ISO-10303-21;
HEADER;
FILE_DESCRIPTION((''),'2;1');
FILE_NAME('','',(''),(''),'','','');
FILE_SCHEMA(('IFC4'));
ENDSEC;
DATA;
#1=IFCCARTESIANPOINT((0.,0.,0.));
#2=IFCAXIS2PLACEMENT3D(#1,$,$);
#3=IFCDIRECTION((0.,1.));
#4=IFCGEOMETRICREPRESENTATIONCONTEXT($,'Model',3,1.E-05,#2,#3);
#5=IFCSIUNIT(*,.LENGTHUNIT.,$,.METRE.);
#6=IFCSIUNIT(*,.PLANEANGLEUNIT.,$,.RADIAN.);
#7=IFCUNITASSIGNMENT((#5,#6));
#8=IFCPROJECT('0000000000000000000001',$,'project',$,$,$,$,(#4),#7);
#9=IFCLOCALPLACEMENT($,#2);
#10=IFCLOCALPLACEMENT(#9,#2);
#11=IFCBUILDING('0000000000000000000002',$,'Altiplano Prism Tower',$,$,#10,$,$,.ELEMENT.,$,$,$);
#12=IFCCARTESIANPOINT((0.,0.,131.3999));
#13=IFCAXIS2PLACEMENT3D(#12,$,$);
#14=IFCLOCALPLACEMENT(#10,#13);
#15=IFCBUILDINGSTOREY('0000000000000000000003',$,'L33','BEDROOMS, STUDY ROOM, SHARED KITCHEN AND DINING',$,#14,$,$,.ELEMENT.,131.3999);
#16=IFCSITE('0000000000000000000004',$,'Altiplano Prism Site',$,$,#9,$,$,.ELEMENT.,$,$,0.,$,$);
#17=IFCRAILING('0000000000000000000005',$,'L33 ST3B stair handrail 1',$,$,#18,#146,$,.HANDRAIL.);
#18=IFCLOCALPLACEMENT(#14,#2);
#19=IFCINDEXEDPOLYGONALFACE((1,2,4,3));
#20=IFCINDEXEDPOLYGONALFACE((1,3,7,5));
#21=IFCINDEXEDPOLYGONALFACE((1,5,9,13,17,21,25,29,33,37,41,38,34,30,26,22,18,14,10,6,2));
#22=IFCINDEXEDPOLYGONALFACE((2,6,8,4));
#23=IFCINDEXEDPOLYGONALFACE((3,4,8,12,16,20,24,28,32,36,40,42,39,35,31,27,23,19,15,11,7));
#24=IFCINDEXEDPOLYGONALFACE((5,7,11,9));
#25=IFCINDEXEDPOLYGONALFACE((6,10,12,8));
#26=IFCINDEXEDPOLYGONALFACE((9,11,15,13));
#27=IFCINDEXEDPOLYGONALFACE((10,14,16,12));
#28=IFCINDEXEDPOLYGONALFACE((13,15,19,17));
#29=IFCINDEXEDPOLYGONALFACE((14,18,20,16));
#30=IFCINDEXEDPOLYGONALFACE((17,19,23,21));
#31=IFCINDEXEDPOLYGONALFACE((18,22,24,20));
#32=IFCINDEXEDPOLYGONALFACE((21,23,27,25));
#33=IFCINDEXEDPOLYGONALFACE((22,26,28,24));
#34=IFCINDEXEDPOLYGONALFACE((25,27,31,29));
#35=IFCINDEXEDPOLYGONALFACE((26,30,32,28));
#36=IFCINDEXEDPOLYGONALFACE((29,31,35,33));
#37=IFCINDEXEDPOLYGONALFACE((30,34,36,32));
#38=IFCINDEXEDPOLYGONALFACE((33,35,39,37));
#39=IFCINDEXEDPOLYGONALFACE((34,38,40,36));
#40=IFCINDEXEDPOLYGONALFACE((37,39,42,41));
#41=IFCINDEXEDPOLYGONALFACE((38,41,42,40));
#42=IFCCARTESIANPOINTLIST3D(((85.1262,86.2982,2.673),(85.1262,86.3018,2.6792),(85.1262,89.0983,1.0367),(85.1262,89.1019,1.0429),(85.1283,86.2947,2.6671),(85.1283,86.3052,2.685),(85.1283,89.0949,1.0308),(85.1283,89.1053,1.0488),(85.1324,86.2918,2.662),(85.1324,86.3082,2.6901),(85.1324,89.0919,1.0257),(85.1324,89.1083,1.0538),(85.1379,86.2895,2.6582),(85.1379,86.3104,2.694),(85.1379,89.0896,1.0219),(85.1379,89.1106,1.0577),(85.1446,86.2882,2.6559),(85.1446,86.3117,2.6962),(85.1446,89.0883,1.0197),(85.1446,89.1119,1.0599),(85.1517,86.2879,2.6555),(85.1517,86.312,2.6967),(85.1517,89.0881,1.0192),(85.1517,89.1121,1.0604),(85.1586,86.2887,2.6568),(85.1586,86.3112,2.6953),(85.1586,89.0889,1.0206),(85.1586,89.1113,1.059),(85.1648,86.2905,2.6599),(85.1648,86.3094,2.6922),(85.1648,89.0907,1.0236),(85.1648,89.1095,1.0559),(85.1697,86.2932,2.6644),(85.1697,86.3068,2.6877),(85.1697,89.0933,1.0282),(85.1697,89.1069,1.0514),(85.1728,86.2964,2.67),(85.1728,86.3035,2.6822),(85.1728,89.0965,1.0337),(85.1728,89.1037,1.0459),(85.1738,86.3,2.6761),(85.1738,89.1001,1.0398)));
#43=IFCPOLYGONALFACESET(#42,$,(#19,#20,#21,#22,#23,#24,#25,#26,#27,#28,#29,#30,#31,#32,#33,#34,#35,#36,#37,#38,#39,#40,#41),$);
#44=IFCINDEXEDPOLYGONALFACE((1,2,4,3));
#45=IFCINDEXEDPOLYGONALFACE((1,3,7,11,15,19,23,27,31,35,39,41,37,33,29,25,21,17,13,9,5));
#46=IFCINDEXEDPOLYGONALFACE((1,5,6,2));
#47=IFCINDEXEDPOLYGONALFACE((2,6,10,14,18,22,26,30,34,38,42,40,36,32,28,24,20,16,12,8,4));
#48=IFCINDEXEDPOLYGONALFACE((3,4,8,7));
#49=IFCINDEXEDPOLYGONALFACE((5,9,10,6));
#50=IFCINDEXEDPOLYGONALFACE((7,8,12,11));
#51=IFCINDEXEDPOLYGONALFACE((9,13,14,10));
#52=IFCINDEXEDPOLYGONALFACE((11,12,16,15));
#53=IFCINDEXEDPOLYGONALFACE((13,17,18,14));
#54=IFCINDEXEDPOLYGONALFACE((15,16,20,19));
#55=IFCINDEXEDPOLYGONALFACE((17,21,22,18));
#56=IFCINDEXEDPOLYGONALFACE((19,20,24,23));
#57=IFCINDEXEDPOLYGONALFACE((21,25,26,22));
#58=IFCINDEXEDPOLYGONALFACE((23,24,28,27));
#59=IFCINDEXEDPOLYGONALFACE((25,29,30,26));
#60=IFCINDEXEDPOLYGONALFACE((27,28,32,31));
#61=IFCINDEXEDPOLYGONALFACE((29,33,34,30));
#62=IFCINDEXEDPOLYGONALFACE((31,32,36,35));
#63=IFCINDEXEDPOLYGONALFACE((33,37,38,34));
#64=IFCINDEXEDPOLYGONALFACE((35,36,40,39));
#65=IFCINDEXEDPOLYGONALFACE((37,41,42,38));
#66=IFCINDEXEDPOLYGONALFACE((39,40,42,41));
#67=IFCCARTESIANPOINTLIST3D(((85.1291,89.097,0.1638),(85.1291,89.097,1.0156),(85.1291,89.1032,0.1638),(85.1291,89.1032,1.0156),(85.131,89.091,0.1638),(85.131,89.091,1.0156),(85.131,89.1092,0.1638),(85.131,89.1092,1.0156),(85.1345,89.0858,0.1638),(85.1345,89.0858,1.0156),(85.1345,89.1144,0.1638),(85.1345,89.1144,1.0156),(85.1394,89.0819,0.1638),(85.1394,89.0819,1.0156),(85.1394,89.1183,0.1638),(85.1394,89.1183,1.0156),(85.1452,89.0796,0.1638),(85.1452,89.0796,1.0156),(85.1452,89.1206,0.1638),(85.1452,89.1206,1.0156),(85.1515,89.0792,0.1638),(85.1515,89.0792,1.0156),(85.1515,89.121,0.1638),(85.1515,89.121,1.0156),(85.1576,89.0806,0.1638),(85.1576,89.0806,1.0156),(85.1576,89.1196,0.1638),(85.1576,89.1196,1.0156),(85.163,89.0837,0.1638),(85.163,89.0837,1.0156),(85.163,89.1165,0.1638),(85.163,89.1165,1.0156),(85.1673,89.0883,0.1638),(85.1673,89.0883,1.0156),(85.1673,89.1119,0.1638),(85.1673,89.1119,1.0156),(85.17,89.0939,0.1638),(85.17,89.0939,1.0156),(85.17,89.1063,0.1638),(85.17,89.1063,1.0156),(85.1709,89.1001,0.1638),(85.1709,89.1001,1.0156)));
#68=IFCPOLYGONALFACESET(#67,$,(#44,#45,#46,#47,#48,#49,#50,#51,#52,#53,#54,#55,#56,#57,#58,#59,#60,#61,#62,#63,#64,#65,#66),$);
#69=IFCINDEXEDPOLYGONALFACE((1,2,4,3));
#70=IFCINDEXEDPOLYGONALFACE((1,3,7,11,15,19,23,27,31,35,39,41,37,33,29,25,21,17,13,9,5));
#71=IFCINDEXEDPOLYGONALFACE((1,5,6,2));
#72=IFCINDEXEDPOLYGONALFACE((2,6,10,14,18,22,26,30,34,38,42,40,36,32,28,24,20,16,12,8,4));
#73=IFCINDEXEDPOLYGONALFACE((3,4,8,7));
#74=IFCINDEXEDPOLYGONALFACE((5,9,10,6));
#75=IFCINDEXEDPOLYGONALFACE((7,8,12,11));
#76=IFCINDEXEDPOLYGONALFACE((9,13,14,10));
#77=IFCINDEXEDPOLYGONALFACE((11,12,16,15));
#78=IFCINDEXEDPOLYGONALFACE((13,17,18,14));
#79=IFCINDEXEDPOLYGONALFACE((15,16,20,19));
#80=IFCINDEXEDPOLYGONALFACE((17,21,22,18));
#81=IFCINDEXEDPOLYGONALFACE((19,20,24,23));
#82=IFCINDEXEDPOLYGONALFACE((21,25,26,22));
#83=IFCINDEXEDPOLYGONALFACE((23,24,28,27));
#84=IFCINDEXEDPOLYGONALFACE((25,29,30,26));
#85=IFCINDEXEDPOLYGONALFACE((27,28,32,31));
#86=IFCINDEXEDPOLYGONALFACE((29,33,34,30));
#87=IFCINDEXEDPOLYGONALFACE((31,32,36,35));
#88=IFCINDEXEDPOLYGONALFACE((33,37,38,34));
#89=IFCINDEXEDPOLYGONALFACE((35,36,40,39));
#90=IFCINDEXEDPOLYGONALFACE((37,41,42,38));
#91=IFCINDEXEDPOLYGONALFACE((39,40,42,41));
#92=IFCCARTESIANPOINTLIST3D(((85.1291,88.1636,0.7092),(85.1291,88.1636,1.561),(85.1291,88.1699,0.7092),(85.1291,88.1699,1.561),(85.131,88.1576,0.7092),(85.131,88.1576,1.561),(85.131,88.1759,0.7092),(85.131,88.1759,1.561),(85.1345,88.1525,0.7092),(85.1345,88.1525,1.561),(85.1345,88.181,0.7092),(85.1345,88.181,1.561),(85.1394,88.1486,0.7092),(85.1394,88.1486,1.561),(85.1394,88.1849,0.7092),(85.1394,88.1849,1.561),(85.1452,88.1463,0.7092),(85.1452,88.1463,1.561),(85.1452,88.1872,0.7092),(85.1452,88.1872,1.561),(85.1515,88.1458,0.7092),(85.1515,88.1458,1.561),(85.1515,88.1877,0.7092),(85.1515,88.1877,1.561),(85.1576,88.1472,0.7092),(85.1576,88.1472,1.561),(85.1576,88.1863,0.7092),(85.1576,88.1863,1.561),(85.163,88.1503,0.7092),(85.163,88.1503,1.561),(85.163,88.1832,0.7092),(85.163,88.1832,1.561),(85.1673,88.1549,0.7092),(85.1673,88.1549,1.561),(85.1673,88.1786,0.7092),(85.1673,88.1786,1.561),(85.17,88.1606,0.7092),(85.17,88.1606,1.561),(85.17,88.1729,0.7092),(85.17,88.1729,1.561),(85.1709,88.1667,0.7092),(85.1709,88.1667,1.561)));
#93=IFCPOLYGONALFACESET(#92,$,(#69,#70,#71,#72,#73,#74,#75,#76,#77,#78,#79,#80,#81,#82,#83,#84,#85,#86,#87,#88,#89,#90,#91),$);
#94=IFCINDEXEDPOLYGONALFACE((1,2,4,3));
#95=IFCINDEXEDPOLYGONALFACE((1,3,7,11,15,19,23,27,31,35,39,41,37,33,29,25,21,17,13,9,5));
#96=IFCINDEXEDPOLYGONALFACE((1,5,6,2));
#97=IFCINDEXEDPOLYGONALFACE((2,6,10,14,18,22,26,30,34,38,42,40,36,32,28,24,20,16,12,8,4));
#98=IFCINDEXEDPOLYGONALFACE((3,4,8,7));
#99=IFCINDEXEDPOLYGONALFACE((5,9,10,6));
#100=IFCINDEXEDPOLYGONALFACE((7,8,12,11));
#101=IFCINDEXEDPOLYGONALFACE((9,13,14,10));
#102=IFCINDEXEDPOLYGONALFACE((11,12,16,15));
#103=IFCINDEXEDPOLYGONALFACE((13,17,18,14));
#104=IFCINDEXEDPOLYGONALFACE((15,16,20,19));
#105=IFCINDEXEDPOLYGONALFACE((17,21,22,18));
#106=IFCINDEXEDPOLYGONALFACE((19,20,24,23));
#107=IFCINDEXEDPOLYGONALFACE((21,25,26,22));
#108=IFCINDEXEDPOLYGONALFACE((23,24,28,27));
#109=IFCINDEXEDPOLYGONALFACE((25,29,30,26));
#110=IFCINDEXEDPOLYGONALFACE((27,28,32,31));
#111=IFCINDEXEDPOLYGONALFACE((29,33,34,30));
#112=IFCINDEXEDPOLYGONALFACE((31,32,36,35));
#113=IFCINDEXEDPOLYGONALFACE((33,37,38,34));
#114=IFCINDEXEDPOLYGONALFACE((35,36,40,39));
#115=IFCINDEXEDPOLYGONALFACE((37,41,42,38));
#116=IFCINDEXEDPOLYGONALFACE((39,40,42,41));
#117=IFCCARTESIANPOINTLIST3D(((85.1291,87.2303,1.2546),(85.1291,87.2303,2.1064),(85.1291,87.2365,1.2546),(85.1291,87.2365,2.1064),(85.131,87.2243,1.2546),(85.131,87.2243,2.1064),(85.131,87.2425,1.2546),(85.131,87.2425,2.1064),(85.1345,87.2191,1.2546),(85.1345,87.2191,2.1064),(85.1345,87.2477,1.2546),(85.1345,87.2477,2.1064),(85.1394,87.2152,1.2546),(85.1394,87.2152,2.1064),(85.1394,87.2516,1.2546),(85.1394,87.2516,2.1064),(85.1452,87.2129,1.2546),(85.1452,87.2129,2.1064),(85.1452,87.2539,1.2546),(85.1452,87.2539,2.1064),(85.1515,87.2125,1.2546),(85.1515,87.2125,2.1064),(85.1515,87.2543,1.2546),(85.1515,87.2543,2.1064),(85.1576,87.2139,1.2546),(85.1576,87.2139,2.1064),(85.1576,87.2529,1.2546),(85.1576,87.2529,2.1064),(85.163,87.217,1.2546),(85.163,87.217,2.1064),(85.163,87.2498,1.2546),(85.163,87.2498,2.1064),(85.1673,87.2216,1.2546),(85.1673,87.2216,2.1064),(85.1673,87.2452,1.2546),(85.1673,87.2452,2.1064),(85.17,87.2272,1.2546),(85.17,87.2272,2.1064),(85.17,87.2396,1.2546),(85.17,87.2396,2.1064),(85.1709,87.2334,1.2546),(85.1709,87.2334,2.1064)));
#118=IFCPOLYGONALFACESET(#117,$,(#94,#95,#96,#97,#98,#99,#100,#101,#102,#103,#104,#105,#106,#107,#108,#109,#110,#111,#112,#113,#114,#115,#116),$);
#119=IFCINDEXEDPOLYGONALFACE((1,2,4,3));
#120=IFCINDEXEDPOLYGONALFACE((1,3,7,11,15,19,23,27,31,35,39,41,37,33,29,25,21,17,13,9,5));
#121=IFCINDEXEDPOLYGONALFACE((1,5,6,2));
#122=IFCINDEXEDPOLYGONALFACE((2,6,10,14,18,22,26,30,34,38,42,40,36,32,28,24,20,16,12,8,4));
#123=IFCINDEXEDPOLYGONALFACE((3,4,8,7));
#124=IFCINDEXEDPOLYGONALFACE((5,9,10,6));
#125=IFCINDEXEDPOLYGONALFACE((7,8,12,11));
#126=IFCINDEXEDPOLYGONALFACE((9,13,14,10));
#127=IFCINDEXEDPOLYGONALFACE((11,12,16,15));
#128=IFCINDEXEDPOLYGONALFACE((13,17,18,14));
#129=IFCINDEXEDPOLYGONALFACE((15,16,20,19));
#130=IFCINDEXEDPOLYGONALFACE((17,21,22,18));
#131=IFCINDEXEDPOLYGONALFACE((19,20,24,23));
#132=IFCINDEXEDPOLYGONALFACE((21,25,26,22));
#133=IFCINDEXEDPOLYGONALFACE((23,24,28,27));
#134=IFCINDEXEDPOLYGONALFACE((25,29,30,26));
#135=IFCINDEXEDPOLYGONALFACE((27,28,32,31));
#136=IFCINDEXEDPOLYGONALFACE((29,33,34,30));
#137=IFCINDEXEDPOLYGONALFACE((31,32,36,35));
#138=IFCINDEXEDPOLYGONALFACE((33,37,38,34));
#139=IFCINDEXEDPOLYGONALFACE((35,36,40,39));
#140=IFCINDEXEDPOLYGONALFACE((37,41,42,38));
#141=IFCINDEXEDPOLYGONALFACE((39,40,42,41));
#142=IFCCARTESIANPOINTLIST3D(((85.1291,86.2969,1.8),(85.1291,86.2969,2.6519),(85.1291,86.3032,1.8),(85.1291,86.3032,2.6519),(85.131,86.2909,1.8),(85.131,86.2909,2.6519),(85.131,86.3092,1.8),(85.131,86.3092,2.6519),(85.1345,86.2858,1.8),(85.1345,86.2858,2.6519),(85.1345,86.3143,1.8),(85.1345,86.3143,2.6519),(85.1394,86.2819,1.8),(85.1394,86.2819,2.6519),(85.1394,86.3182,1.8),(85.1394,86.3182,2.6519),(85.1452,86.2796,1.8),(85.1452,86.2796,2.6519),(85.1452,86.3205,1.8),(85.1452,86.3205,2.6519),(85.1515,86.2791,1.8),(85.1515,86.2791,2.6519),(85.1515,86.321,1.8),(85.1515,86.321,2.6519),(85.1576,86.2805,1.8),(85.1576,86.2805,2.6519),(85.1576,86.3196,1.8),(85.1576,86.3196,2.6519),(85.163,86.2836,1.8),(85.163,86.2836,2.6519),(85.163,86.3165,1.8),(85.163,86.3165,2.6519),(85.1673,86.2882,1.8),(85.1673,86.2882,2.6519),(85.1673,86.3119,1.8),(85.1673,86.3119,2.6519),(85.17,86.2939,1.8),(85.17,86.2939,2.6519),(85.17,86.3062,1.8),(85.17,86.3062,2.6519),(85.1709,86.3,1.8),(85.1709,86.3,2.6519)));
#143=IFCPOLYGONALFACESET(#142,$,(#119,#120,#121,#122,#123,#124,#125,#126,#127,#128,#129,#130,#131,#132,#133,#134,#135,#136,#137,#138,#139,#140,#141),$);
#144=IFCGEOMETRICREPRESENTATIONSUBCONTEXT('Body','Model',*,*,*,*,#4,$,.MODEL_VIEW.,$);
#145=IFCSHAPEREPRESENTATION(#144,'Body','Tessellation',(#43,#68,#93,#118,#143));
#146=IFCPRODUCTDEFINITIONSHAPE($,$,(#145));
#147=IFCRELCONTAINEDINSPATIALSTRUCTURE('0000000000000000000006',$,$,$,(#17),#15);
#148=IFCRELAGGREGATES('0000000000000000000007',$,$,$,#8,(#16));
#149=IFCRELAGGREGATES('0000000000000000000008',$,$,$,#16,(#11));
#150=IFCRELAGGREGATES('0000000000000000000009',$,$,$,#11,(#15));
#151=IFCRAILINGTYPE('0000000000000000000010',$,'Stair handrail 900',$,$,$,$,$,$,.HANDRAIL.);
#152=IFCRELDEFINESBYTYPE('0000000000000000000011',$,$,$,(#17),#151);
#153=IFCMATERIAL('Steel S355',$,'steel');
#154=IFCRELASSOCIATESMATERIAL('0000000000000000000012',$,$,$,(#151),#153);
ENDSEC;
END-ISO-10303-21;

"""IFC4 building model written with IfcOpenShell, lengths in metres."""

from ifc_helpers import new_model, si_unit, direction, frame, origin, origin_2d, place, context, subcontext, project, spatial, circle, extrude, material, type_object, element, save


model = new_model("IFC4")

# Units and contexts
model_context = context("Model", 3, precision=1e-05, world=origin(), true_north=direction((0.0, 1.0)))
body_context = subcontext(model_context, "Body", "Model", "MODEL_VIEW")
ifc_project = project(units=[si_unit("LENGTHUNIT", "METRE"), si_unit("PLANEANGLEUNIT", "RADIAN")], contexts=[model_context])

# Site, building, storey
site_placement = place(None, origin())
site = spatial("IfcSite", under=ifc_project, at=site_placement, Name="Altiplano Prism Site", CompositionType="ELEMENT", RefElevation=0.0)
building_placement = place(site_placement, origin())
building = spatial("IfcBuilding", under=site, at=building_placement, Name="Altiplano Prism Tower", CompositionType="ELEMENT")
storey_placement = place(building_placement, frame((0.0, 0.0, 131.3999)))
storey = spatial("IfcBuildingStorey", under=building, at=storey_placement, Name="L33", Description="BEDROOMS, STUDY ROOM, SHARED KITCHEN AND DINING", CompositionType="ELEMENT", Elevation=131.3999)

# Railing
ifc_material_1 = material(Name="Steel S355", Category="steel")
railing_type_1 = type_object("IfcRailingType", Name="Stair handrail 900", PredefinedType="HANDRAIL", material=ifc_material_1)
for number, where, name in (
    (1, (85.1499, 89.1001, 0.1638), "L33 ST3B stair handrail 1"),
):
    element("IfcRailing", number, at=place(storey_placement, frame(where)), inside=storey, type_object=railing_type_1, Name=name, PredefinedType="HANDRAIL", context=body_context, shape_type="SweptSolid", body=[
        extrude(circle(Radius=0.0239, at=origin_2d()), frame((0.0, 0.0, 0.876), z_axis=(0.0, -0.863394, 0.504531), x_axis=(1.0, 0.0, 0.0)), (0.0, 0.0, 1.0), 3.2432),
        extrude(circle(Radius=0.021, at=origin_2d()), origin(), (0.0, 0.0, 1.0), 0.8518),
        extrude(circle(Radius=0.021, at=origin_2d()), frame((0.0, -0.9333, 0.5454)), (0.0, 0.0, 1.0), 0.8518),
        extrude(circle(Radius=0.021, at=origin_2d()), frame((0.0, -1.8667, 1.0908)), (0.0, 0.0, 1.0), 0.8518),
        extrude(circle(Radius=0.021, at=origin_2d()), frame((0.0, -2.8, 1.6362)), (0.0, 0.0, 1.0), 0.8518),
    ])

save(model, "model.ifc")
